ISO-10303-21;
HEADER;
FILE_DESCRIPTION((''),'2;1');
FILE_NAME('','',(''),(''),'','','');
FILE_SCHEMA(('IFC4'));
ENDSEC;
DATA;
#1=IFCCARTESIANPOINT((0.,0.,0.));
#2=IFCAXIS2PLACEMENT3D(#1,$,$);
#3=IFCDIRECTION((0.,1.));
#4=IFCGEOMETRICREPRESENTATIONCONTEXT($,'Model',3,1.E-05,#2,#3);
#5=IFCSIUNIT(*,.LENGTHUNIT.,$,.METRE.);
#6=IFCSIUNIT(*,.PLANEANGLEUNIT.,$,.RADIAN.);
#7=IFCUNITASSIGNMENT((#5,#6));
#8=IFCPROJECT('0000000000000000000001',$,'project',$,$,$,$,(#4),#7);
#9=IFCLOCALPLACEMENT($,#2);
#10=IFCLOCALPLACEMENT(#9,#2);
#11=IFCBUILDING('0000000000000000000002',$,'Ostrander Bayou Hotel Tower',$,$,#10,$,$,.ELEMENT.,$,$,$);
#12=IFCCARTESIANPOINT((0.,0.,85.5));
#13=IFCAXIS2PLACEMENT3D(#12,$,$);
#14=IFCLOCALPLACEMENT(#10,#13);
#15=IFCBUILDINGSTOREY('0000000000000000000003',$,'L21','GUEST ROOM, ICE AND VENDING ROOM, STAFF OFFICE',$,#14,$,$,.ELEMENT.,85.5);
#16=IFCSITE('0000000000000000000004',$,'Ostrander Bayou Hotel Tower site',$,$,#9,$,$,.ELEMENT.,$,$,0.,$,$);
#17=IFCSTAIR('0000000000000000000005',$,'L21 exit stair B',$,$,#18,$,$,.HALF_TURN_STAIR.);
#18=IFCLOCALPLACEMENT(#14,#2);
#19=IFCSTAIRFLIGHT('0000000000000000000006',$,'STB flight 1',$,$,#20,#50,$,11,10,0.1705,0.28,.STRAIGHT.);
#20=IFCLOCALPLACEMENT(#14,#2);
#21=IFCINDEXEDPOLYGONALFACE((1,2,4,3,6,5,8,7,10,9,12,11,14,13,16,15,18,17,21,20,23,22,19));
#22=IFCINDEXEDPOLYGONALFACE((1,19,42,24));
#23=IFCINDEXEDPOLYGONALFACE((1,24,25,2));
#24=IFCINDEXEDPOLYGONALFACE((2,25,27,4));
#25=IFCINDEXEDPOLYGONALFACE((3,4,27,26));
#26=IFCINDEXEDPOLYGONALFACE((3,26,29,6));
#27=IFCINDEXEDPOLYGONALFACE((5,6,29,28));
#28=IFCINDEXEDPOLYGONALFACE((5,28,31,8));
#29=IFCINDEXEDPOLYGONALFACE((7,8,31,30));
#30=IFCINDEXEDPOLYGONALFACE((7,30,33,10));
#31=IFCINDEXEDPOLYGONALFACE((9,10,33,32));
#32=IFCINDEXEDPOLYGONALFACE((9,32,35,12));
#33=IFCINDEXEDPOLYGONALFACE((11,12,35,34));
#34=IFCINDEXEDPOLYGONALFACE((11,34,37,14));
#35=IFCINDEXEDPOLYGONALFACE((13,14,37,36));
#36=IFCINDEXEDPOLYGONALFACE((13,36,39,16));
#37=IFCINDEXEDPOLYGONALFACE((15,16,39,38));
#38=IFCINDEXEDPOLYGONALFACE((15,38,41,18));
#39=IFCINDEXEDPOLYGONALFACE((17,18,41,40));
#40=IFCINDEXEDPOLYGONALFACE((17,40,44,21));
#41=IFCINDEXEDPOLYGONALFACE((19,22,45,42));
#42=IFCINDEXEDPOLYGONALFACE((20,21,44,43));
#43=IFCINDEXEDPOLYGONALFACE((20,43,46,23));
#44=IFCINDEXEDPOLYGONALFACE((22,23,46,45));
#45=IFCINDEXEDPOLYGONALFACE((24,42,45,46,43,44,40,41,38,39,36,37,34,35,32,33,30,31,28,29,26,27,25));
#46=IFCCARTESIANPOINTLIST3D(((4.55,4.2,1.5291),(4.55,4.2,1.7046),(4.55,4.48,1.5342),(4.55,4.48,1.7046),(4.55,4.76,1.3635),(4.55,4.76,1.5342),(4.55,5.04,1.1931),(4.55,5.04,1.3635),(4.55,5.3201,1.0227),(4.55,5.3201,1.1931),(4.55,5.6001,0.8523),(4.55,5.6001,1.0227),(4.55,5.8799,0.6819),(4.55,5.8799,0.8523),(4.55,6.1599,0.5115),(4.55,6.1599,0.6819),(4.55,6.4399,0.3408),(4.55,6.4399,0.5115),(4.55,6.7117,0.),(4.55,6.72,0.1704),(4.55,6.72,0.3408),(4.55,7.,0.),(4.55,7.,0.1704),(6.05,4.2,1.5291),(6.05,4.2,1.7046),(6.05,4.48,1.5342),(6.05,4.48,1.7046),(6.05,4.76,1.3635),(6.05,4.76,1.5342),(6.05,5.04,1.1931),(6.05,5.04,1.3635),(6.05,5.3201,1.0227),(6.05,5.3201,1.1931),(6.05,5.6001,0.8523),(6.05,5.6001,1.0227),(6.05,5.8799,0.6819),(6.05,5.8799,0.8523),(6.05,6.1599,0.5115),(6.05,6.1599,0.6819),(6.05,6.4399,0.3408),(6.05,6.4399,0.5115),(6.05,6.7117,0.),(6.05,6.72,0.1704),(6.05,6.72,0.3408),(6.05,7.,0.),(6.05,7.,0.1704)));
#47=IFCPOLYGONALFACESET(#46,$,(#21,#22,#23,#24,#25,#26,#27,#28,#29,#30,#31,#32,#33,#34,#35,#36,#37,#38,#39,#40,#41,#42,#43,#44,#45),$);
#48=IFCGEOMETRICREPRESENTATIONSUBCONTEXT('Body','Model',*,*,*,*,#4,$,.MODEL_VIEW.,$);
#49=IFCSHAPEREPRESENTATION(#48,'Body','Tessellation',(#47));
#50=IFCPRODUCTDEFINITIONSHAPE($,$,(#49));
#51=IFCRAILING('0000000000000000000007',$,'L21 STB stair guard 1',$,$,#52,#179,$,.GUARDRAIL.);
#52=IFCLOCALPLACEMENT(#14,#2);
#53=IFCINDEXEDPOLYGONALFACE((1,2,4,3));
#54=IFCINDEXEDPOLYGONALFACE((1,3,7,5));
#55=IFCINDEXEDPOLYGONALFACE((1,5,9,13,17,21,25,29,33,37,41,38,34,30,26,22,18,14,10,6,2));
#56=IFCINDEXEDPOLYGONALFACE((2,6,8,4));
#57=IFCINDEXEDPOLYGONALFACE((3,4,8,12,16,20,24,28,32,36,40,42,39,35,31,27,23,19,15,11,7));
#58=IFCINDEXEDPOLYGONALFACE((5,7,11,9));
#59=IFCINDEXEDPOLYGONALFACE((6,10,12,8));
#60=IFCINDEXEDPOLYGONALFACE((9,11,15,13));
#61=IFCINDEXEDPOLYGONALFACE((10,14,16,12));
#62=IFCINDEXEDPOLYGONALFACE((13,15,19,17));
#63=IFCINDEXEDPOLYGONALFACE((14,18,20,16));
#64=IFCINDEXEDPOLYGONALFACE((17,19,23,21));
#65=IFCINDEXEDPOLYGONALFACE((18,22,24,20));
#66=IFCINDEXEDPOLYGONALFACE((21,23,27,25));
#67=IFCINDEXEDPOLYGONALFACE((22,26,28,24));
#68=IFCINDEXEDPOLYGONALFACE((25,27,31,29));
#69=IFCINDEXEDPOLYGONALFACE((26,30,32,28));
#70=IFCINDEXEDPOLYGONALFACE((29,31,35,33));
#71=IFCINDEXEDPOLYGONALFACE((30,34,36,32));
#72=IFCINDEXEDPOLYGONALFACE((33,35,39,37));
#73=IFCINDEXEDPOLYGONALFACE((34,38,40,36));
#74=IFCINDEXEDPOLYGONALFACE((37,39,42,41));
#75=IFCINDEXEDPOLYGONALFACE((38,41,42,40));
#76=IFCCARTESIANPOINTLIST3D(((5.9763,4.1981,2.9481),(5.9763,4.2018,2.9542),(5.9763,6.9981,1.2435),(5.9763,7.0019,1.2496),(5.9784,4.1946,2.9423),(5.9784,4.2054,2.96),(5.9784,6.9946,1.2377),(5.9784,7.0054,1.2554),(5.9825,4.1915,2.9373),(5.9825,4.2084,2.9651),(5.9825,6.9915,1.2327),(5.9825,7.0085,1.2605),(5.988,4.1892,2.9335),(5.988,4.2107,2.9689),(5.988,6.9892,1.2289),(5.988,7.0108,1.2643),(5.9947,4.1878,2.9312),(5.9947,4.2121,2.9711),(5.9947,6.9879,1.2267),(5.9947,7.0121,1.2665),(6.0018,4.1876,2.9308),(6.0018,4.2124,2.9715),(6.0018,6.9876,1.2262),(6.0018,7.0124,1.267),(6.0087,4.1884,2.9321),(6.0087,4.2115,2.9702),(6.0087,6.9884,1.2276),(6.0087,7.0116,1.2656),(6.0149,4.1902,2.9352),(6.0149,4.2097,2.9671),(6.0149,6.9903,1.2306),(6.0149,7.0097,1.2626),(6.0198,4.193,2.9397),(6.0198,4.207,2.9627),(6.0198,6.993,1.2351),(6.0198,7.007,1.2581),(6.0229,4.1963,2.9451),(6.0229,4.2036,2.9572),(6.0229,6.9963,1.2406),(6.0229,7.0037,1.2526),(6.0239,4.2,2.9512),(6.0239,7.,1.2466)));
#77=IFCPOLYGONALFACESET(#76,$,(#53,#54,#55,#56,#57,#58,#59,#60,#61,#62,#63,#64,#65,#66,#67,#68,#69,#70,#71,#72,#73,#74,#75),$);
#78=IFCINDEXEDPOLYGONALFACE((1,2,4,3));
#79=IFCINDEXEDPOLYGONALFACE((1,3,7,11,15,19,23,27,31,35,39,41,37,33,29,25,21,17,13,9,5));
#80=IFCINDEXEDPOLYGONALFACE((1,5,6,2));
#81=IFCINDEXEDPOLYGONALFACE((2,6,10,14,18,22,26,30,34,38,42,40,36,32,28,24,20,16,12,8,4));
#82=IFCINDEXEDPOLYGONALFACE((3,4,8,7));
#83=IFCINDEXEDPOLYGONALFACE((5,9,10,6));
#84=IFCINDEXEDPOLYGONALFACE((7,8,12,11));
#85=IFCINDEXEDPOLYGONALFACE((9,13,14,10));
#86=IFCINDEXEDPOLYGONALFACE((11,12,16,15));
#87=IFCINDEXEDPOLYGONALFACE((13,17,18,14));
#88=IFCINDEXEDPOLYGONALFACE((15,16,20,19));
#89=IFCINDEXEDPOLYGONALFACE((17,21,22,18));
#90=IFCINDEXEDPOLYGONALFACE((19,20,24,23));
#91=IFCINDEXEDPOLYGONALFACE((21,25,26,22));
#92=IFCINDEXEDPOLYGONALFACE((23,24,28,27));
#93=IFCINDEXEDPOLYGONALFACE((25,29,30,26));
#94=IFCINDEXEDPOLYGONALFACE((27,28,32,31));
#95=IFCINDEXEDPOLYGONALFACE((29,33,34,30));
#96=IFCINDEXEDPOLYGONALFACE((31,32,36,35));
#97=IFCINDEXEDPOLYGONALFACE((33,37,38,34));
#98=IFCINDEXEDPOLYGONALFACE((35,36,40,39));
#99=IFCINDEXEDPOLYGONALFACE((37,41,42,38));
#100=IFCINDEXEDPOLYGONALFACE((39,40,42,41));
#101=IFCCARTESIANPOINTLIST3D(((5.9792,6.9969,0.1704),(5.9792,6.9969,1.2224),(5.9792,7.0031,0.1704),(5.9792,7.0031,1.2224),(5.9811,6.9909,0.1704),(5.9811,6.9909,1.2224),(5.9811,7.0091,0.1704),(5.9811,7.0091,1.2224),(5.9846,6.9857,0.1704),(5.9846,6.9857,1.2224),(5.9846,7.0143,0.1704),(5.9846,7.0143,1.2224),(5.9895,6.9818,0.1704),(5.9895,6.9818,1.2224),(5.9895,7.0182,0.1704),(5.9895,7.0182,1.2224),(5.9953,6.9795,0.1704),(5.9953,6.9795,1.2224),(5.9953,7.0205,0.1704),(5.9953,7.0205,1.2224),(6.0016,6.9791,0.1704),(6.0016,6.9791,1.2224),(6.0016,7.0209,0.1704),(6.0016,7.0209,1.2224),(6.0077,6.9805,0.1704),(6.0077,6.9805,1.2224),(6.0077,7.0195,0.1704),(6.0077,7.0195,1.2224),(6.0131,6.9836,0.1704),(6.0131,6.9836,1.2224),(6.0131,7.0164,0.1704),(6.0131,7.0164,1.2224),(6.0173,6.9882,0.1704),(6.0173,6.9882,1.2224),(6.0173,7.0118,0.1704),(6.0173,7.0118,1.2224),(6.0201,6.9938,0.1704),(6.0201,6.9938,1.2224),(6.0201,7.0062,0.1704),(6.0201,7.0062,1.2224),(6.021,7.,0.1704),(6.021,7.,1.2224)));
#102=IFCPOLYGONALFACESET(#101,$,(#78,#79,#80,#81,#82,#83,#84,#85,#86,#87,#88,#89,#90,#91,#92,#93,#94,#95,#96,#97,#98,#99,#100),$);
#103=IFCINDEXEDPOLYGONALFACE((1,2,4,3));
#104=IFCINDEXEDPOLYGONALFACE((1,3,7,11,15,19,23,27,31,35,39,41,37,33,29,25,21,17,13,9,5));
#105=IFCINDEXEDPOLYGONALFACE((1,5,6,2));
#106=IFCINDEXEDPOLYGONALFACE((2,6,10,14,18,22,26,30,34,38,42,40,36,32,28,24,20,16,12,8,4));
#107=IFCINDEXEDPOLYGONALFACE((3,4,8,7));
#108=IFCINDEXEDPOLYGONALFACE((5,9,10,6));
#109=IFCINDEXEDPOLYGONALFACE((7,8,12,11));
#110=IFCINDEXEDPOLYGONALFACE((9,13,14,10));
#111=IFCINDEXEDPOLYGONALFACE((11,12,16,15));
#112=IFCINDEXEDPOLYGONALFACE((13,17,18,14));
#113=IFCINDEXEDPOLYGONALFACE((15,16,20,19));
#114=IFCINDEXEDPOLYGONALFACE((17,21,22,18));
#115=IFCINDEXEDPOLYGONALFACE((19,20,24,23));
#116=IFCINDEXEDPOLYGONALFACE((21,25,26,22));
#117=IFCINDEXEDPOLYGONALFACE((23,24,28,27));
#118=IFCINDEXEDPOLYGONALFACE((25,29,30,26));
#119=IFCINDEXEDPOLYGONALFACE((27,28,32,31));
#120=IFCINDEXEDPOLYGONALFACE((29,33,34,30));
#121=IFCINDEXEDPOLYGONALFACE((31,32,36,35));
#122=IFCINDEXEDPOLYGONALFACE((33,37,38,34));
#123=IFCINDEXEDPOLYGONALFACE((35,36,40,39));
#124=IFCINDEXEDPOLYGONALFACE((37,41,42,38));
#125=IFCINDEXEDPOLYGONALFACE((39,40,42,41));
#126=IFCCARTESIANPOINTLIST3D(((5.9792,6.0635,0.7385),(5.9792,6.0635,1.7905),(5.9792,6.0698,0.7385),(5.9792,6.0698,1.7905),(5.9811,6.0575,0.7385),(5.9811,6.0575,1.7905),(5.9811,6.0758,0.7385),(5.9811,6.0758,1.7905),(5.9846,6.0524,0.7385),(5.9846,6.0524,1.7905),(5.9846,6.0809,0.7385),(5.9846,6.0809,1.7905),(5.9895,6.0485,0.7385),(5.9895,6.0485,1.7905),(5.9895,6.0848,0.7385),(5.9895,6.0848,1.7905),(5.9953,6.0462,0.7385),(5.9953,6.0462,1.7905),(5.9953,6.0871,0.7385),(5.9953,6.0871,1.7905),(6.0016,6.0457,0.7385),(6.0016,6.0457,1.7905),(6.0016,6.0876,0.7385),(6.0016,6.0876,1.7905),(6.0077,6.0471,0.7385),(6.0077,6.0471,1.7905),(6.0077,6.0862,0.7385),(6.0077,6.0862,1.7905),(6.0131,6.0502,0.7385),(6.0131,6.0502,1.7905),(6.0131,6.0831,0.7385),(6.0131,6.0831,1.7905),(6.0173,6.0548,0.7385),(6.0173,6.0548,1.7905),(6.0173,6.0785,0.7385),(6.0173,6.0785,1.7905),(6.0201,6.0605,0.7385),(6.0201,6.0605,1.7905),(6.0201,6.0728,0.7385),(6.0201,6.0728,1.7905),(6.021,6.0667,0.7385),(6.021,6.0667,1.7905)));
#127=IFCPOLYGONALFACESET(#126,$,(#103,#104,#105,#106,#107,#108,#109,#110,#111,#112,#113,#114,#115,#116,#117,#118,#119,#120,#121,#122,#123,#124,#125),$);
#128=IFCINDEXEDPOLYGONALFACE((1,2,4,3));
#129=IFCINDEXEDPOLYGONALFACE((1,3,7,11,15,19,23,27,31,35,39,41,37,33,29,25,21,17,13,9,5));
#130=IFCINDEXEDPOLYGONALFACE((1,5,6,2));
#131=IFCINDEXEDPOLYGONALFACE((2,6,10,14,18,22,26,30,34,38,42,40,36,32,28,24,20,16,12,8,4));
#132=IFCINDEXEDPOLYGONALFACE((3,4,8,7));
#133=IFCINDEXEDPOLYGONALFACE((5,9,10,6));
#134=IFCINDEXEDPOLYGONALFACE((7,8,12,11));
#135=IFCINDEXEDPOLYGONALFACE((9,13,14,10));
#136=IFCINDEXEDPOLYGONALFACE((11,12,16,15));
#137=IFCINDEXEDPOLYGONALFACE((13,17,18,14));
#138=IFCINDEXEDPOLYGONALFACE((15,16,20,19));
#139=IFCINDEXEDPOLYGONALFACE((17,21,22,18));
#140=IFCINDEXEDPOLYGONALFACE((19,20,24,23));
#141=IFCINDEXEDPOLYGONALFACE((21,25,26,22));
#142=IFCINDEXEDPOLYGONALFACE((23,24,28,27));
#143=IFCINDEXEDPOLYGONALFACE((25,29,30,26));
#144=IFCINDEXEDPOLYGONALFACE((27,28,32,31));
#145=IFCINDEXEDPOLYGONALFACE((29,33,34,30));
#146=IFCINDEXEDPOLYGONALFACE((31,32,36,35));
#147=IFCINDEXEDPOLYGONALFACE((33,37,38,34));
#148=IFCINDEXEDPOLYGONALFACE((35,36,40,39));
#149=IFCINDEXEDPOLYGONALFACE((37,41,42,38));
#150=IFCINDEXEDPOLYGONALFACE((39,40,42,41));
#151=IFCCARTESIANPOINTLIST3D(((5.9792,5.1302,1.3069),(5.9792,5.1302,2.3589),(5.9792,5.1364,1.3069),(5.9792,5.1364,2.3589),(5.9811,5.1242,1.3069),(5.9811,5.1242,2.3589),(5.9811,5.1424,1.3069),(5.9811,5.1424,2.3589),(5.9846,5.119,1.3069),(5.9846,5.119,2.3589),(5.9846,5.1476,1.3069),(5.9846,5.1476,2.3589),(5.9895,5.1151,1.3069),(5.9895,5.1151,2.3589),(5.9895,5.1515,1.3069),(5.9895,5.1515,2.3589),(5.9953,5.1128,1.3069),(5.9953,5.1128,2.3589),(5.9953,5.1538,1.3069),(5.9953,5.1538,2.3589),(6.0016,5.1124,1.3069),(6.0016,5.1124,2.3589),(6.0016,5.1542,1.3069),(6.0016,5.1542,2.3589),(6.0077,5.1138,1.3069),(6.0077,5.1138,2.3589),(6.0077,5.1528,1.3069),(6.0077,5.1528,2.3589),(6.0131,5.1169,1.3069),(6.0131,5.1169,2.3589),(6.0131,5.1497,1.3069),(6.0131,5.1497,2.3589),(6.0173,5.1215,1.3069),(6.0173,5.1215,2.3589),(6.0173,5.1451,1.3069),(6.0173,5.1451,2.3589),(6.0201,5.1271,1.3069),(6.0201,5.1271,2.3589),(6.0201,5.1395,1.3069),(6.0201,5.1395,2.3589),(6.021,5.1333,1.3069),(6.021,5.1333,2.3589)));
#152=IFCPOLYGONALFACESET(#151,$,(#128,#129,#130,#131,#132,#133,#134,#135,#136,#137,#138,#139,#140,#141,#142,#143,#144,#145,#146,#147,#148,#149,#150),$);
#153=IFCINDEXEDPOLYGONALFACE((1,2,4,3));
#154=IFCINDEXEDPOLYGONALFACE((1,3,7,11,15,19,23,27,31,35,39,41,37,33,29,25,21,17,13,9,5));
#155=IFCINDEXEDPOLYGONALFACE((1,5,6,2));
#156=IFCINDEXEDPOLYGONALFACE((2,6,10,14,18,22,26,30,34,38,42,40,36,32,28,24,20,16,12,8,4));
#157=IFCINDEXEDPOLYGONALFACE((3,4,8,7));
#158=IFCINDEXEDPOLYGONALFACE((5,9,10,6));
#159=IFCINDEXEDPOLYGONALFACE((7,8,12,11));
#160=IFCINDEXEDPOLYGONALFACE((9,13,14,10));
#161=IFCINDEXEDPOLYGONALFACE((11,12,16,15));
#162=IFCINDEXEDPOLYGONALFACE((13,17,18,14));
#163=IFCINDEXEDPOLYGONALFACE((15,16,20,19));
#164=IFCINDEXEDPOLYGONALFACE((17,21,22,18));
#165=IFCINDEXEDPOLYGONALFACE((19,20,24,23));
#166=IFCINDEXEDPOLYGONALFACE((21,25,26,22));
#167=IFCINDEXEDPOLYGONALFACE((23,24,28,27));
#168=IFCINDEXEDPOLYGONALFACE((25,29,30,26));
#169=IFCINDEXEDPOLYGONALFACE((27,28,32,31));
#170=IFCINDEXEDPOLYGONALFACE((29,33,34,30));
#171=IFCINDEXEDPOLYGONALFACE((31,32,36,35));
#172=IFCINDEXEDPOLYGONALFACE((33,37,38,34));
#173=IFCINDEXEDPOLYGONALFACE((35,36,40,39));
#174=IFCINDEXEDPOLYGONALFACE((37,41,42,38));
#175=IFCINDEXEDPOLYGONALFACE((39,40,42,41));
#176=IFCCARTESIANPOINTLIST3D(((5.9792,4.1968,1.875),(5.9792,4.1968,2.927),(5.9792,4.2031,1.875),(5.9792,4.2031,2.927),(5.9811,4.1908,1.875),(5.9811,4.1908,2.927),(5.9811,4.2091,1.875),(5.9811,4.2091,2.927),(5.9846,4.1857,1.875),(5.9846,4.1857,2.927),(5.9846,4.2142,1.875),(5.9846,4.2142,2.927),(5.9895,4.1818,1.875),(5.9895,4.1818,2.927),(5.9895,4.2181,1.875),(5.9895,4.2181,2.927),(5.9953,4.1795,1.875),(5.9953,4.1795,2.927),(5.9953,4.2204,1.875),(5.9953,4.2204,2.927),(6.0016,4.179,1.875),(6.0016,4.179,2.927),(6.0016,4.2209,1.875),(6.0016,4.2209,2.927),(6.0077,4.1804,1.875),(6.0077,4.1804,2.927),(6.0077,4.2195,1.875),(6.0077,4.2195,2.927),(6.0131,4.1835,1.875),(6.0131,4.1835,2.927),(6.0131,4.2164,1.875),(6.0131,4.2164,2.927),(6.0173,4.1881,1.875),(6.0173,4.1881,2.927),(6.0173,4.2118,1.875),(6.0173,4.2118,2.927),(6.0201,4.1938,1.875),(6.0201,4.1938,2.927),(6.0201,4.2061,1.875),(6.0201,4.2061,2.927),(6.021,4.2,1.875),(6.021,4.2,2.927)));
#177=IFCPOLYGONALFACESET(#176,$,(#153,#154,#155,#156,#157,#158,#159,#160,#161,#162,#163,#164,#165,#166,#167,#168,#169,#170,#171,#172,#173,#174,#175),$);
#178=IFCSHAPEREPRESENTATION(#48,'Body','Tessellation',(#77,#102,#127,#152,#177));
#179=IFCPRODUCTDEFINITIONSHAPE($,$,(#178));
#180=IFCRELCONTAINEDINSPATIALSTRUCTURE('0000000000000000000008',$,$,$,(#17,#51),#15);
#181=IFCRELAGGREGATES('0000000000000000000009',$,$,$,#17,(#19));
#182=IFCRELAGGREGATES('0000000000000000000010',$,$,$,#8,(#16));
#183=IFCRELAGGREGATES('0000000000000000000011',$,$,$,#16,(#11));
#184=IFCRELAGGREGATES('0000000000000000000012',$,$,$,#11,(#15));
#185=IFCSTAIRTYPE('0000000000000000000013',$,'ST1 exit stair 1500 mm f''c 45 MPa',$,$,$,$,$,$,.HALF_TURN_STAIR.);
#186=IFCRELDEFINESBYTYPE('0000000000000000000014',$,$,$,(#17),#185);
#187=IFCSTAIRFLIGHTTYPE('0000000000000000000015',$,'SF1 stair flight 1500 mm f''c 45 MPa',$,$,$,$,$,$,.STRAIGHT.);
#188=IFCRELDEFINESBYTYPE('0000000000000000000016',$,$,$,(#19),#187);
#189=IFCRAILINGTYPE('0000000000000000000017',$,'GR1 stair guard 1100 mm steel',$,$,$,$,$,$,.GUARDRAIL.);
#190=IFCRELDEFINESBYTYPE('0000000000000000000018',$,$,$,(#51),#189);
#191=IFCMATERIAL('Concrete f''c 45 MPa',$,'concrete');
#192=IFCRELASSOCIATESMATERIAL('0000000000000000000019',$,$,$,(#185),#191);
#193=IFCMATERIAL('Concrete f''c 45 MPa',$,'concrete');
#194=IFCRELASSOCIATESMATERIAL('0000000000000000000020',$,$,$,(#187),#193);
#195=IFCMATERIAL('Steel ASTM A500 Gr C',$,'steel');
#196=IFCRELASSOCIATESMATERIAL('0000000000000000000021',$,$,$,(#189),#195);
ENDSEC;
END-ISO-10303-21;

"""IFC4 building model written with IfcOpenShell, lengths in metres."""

from ifc_helpers import new_model, si_unit, direction, frame, origin, origin_2d, place, context, subcontext, project, spatial, polyline, circle, outline, extrude, material, type_object, element, aggregate, save


model = new_model("IFC4")

# Units and contexts
model_context = context("Model", 3, precision=1e-05, world=origin(), true_north=direction((0.0, 1.0)))
body_context = subcontext(model_context, "Body", "Model", "MODEL_VIEW")
ifc_project = project(units=[si_unit("LENGTHUNIT", "METRE"), si_unit("PLANEANGLEUNIT", "RADIAN")], contexts=[model_context])

# Site, building, storey
site_placement = place(None, origin())
site = spatial("IfcSite", under=ifc_project, at=site_placement, Name="Ostrander Bayou Hotel Tower site", CompositionType="ELEMENT", RefElevation=0.0)
building_placement = place(site_placement, origin())
building = spatial("IfcBuilding", under=site, at=building_placement, Name="Ostrander Bayou Hotel Tower", CompositionType="ELEMENT")
storey_placement = place(building_placement, frame((0.0, 0.0, 85.5)))
storey = spatial("IfcBuildingStorey", under=building, at=storey_placement, Name="L21", Description="GUEST ROOM, ICE AND VENDING ROOM, STAFF OFFICE", CompositionType="ELEMENT", Elevation=85.5)

# Stair, stair flight
ifc_material_1 = material(Name="Concrete f'c 45 MPa", Category="concrete")
stair_type = type_object("IfcStairType", Name="ST1 exit stair 1500 mm f'c 45 MPa", PredefinedType="HALF_TURN_STAIR", material=ifc_material_1)
stair_placement = place(storey_placement, origin())
stair = element("IfcStair", 1, at=stair_placement, inside=storey, type_object=stair_type, Name="L21 exit stair B", PredefinedType="HALF_TURN_STAIR")
ifc_material_2 = material(Name="Concrete f'c 45 MPa", Category="concrete")
stair_flight_type = type_object("IfcStairFlightType", Name="SF1 stair flight 1500 mm f'c 45 MPa", PredefinedType="STRAIGHT", material=ifc_material_2)
stair_flight_placement = place(storey_placement, frame((5.3, 7.0, 0.0), z_axis=(0.0, 0.0, 1.0), x_axis=(0.0, -1.0, 0.0)))
stair_flight = element("IfcStairFlight", 2, at=stair_flight_placement, type_object=stair_flight_type, Name="STB flight 1", NumberOfRisers=11, NumberOfTreads=10, PredefinedType="STRAIGHT", RiserHeight=0.1705, TreadLength=0.28, context=body_context, shape_type="SweptSolid", body=[
    extrude(outline(polyline([(0.0, 0.0), (0.0, 0.1704), (0.28, 0.1704), (0.28, 0.3408), (0.5601, 0.3408), (0.5601, 0.5115), (0.8401, 0.5115), (0.8401, 0.6819), (1.1201, 0.6819), (1.1201, 0.8523), (1.3999, 0.8523), (1.3999, 1.0227), (1.6799, 1.0227), (1.6799, 1.1931), (1.96, 1.1931), (1.96, 1.3635), (2.24, 1.3635), (2.24, 1.5342), (2.52, 1.5342), (2.52, 1.7046), (2.8, 1.7046), (2.8, 1.875), (2.8, 1.5291), (0.2883, 0.0), (0.0, 0.0)])), frame((0.0, 0.75, 0.0), z_axis=(0.0, -1.0, 0.0), x_axis=(1.0, 0.0, 0.0)), (0.0, 0.0, 1.0), 1.5),
])
aggregate(stair, [stair_flight])

# Railing
ifc_material_3 = material(Name="Steel ASTM A500 Gr C", Category="steel")
railing_type_1 = type_object("IfcRailingType", Name="GR1 stair guard 1100 mm steel", PredefinedType="GUARDRAIL", material=ifc_material_3)
railing_1_placement = place(storey_placement, frame((6.0, 7.0, 0.1704)))
element("IfcRailing", 3, at=railing_1_placement, inside=storey, type_object=railing_type_1, Name="L21 STB stair guard 1", PredefinedType="GUARDRAIL", context=body_context, shape_type="SweptSolid", body=[
    extrude(circle(Radius=0.0239, at=origin_2d()), frame((0.0, 0.0, 1.0762), z_axis=(0.0, -0.85417, 0.519994), x_axis=(1.0, 0.0, 0.0)), (0.0, 0.0, 1.0), 3.2781),
    extrude(circle(Radius=0.021, at=origin_2d()), origin(), (0.0, 0.0, 1.0), 1.052),
    extrude(circle(Radius=0.021, at=origin_2d()), frame((0.0, -0.9333, 0.5681)), (0.0, 0.0, 1.0), 1.052),
    extrude(circle(Radius=0.021, at=origin_2d()), frame((0.0, -1.8667, 1.1365)), (0.0, 0.0, 1.0), 1.052),
    extrude(circle(Radius=0.021, at=origin_2d()), frame((0.0, -2.8, 1.7046)), (0.0, 0.0, 1.0), 1.052),
])

save(model, "model.ifc")
